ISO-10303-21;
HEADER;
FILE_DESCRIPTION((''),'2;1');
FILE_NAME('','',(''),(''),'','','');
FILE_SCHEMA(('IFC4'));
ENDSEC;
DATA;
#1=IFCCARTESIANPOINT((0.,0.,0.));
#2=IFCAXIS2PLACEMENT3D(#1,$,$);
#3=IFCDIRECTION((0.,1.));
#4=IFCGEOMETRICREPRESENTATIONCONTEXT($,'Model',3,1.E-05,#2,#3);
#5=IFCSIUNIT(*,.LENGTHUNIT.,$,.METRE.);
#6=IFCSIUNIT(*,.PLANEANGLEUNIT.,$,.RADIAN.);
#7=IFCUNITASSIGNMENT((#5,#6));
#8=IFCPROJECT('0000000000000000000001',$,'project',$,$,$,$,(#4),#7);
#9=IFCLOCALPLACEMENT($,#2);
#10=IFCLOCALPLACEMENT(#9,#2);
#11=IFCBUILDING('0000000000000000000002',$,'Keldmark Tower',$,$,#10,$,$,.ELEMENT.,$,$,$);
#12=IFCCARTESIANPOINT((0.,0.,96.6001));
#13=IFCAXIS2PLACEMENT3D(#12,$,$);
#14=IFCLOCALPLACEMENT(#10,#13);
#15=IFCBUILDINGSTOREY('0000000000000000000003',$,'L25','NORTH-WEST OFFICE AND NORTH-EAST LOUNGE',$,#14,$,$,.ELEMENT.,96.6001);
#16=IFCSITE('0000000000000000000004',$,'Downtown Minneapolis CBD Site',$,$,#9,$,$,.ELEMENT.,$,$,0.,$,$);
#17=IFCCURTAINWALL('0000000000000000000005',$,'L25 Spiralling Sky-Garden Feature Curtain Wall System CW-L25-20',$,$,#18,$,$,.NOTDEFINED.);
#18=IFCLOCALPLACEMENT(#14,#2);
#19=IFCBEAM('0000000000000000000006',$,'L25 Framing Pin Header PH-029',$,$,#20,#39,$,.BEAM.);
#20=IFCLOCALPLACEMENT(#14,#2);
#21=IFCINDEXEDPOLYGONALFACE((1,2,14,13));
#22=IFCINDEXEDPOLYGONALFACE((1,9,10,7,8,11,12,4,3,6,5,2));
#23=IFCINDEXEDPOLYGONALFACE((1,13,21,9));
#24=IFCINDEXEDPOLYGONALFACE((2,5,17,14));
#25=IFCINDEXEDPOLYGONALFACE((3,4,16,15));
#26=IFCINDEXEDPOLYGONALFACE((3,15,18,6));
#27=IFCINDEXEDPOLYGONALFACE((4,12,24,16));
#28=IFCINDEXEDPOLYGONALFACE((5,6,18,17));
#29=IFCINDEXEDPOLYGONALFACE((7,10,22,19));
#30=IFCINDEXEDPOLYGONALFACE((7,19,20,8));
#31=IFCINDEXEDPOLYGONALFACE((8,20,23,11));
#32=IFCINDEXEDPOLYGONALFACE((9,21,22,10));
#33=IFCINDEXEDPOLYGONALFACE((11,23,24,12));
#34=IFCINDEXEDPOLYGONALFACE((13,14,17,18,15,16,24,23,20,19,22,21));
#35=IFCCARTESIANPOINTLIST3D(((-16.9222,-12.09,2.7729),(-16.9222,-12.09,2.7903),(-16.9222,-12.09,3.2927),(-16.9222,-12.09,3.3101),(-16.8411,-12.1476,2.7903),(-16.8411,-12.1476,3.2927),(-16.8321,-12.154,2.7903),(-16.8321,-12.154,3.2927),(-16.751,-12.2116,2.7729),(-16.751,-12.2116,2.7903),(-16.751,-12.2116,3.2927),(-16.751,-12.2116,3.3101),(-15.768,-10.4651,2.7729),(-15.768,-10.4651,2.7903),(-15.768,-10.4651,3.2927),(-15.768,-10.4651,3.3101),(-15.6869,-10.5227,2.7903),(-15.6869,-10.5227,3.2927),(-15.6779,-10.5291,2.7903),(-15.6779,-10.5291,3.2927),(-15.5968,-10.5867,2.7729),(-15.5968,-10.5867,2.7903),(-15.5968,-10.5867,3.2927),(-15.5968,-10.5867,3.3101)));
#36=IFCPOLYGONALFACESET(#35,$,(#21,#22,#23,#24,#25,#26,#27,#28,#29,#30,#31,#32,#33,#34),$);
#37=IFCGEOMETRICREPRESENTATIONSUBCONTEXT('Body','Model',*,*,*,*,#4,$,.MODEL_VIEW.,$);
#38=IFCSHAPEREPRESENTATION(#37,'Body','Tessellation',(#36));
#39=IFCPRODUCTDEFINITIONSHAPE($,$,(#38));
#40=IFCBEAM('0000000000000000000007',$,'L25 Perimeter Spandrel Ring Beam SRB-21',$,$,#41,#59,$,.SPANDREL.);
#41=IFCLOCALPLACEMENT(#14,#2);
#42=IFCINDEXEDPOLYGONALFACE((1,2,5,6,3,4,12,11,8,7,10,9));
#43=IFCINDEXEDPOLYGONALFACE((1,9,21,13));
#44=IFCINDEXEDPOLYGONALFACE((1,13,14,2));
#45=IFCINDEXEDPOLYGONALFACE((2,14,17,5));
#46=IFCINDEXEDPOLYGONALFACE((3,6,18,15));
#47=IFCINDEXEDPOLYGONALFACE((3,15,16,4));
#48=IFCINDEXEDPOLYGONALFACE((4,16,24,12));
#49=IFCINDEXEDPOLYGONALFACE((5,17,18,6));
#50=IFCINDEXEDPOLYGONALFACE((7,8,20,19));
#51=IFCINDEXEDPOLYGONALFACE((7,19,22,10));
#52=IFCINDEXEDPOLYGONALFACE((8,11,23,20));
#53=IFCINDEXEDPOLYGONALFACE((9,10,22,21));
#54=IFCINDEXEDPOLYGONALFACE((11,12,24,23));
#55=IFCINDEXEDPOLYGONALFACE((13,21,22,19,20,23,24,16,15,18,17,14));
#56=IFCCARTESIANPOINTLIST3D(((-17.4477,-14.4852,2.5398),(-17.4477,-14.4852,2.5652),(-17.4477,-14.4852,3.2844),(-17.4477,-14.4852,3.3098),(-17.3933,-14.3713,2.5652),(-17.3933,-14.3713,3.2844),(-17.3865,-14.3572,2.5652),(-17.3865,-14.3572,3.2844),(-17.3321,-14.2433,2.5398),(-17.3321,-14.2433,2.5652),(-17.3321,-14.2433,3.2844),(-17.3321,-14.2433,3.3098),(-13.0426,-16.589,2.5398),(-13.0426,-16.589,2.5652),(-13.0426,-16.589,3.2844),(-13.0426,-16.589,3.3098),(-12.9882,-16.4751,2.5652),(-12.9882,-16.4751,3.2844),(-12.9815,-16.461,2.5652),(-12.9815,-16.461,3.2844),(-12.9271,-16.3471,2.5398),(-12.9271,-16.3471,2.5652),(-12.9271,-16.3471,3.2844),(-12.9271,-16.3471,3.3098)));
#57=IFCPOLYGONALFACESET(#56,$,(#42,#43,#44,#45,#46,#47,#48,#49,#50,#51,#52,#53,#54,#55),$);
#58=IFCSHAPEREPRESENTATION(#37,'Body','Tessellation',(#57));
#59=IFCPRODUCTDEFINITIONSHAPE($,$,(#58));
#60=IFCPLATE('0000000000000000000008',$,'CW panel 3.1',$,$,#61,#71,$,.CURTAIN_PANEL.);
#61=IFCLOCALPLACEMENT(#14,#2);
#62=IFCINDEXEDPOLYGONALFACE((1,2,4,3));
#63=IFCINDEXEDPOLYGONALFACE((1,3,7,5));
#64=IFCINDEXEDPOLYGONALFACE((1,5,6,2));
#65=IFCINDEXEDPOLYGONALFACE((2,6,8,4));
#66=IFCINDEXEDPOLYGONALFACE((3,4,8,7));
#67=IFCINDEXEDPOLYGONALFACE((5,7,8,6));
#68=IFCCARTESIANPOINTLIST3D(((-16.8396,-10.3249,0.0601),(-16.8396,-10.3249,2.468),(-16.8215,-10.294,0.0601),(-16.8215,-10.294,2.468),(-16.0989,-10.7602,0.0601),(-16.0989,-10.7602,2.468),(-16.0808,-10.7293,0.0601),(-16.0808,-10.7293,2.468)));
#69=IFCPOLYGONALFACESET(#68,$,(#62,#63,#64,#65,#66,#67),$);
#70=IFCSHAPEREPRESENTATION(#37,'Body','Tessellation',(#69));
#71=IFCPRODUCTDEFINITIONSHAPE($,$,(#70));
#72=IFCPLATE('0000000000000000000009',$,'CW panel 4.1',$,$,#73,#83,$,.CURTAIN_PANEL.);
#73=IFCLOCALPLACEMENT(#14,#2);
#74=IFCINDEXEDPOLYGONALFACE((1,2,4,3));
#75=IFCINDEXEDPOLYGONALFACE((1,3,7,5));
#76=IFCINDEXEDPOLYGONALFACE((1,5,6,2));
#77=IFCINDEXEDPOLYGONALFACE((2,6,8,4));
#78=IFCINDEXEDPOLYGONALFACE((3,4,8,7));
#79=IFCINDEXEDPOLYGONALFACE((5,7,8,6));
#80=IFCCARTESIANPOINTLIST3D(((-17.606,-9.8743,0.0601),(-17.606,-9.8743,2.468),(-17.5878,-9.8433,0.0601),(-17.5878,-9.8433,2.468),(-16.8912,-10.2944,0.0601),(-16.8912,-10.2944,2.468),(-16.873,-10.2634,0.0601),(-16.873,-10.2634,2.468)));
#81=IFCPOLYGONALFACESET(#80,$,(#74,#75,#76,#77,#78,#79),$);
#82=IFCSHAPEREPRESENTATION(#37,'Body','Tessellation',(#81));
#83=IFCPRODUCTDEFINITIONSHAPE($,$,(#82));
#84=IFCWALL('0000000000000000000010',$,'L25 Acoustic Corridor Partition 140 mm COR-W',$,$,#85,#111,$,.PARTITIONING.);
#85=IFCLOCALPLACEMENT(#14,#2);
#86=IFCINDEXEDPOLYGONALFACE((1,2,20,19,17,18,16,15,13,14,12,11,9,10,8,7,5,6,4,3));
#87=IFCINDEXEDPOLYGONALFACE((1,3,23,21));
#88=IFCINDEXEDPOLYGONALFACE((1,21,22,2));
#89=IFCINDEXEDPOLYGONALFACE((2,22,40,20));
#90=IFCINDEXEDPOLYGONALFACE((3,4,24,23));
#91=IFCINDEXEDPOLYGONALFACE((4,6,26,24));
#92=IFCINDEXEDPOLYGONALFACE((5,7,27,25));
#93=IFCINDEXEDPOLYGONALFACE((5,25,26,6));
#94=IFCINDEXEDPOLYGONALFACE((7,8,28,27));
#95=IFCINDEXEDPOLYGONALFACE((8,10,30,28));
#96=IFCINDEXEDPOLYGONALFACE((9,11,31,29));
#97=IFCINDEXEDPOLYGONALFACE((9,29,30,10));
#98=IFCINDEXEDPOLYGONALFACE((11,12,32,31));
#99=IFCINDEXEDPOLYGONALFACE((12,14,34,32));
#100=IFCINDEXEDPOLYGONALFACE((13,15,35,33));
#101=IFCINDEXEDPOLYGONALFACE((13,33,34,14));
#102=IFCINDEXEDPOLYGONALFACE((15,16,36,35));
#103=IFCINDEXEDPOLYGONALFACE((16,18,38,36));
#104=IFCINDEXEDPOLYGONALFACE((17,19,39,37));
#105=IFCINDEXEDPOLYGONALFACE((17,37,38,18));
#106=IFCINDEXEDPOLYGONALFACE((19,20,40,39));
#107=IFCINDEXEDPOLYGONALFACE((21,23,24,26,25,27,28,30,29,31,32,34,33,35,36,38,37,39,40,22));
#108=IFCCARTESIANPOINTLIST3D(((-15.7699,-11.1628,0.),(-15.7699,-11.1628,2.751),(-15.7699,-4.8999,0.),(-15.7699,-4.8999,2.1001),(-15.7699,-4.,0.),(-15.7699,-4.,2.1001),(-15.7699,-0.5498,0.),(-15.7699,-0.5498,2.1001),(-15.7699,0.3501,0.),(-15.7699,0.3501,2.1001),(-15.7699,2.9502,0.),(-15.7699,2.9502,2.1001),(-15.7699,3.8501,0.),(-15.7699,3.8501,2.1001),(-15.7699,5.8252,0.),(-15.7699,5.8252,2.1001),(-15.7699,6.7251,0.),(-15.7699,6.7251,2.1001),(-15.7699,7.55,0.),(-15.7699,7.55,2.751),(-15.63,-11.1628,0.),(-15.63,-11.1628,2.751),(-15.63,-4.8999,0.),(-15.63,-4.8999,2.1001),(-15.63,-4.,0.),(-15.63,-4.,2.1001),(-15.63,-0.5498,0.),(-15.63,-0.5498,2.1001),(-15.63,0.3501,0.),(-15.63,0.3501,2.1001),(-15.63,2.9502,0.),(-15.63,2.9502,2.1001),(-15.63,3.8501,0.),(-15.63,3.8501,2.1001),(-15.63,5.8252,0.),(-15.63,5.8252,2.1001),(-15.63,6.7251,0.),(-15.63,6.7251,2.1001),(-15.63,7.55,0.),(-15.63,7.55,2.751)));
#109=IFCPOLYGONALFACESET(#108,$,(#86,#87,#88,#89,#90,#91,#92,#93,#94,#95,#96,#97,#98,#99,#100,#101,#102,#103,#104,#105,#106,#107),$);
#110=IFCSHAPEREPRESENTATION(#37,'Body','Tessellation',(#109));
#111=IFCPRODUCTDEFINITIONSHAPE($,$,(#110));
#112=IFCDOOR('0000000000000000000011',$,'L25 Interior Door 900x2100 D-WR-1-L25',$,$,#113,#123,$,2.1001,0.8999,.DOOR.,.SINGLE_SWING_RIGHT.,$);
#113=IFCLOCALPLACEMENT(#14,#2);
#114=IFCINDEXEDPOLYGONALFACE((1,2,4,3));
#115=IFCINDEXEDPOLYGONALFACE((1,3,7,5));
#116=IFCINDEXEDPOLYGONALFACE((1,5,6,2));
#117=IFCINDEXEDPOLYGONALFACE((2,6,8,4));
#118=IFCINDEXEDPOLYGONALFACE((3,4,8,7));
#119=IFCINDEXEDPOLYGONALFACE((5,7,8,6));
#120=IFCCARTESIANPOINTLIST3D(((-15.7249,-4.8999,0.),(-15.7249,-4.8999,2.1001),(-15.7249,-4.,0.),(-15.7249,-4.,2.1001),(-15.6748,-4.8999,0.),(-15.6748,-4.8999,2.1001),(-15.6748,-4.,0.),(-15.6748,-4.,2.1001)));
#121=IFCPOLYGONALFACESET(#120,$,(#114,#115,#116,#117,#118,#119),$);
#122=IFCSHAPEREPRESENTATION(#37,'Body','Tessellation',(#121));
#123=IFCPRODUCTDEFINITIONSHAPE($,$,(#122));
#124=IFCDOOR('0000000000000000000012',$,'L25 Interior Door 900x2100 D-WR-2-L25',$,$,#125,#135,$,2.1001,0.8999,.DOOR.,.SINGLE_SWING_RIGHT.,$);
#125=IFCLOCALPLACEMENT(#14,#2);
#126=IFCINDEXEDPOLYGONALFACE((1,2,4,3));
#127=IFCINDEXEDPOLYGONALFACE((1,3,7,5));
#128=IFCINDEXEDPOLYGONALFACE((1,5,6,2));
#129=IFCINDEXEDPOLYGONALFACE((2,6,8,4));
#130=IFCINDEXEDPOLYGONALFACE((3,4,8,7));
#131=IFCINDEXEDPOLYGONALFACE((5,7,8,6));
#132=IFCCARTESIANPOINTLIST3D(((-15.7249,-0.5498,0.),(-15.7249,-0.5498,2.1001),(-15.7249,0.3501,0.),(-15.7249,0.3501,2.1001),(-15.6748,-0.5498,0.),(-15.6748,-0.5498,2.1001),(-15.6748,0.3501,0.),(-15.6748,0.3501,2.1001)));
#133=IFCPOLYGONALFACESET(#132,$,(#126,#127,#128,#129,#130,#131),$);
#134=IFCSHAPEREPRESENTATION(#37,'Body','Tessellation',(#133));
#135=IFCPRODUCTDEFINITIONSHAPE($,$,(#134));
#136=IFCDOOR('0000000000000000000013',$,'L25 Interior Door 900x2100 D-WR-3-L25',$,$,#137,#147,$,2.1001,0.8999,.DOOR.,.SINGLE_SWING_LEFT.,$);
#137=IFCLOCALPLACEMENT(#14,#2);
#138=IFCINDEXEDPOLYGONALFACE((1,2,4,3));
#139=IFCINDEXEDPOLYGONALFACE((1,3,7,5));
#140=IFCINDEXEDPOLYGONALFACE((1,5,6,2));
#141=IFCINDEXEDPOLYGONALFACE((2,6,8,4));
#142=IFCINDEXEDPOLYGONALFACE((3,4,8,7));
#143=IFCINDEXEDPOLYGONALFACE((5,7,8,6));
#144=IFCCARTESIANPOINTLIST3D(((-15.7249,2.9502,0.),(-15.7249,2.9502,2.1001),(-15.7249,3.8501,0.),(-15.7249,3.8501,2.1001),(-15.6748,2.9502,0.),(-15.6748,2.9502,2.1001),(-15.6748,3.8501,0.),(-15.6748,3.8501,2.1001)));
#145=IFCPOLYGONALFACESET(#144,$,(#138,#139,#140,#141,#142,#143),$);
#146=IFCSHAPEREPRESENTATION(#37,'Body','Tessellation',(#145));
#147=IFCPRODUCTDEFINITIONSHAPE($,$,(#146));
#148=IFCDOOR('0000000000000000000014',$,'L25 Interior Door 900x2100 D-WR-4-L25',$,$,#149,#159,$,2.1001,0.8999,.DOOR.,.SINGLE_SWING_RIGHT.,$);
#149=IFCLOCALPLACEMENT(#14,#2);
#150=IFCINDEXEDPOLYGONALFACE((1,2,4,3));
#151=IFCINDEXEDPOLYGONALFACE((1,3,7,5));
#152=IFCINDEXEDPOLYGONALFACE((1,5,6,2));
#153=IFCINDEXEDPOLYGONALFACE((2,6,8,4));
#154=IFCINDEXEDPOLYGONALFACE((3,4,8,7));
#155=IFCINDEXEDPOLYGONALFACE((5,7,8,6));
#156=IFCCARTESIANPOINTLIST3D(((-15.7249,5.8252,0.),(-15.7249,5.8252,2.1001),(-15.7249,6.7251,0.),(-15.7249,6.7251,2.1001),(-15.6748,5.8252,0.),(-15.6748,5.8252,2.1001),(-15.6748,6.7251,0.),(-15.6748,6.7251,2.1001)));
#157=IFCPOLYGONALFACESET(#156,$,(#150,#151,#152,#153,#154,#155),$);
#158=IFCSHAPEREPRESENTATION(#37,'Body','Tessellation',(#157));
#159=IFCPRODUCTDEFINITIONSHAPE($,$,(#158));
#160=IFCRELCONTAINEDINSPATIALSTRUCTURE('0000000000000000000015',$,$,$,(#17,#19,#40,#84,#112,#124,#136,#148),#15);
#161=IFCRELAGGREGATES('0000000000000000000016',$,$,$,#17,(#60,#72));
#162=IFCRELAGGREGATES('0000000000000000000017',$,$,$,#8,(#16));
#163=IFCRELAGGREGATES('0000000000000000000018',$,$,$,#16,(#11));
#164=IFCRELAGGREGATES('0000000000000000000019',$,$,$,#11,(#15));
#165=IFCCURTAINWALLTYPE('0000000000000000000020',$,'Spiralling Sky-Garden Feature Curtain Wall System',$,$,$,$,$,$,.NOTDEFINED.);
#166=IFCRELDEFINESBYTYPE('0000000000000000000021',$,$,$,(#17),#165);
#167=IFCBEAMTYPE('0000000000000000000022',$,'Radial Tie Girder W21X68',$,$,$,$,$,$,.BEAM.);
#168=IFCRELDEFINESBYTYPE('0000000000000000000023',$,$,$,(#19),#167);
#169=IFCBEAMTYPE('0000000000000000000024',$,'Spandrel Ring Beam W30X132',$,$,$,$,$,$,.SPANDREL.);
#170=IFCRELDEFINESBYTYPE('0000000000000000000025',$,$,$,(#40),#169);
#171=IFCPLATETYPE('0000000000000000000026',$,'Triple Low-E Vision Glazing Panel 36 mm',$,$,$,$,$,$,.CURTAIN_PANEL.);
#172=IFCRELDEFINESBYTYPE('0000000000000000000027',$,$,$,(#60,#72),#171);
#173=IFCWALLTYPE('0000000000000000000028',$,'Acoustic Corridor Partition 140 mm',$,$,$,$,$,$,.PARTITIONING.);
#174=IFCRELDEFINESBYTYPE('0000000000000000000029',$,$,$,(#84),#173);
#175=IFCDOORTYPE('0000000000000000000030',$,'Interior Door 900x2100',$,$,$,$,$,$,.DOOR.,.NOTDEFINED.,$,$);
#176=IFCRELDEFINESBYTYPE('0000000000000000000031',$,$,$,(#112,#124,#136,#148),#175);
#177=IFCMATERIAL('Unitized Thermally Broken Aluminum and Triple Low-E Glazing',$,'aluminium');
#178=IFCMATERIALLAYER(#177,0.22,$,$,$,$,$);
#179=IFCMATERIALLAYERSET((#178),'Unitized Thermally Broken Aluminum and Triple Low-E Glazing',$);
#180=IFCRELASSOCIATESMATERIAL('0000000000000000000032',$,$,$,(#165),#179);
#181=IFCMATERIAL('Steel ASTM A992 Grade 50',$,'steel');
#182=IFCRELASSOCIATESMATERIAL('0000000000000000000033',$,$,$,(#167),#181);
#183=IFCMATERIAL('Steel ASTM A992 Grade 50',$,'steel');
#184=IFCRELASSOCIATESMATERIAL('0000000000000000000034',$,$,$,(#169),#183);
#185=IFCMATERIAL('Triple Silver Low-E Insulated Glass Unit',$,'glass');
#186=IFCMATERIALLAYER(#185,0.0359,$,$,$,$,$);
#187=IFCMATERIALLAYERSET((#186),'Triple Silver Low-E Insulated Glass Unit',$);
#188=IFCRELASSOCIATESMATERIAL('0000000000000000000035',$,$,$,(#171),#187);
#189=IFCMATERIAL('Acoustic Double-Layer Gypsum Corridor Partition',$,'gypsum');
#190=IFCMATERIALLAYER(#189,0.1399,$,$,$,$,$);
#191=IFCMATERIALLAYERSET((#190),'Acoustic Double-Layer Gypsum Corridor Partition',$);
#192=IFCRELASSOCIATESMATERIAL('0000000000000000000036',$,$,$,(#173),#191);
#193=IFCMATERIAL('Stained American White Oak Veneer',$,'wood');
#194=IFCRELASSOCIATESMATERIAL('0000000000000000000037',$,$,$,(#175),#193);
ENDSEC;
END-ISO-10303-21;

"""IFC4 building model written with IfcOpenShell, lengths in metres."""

from ifc_helpers import new_model, si_unit, direction, frame, frame_2d, origin, origin_2d, place, context, subcontext, project, spatial, rectangle, i_section, extrude, material, layer, layer_set, material_profile, profile_set, type_object, element, fill, aggregate, save


model = new_model("IFC4")

# Units and contexts
model_context = context("Model", 3, precision=1e-05, world=origin(), true_north=direction((0.0, 1.0)))
body_context = subcontext(model_context, "Body", "Model", "MODEL_VIEW")
ifc_project = project(units=[si_unit("LENGTHUNIT", "METRE"), si_unit("PLANEANGLEUNIT", "RADIAN")], contexts=[model_context])

# Site, building, storey
site_placement = place(None, origin())
site = spatial("IfcSite", under=ifc_project, at=site_placement, Name="Downtown Minneapolis CBD Site", CompositionType="ELEMENT", RefElevation=0.0)
building_placement = place(site_placement, origin())
building = spatial("IfcBuilding", under=site, at=building_placement, Name="Keldmark Tower", CompositionType="ELEMENT")
storey_placement = place(building_placement, frame((0.0, 0.0, 96.6001)))
storey = spatial("IfcBuildingStorey", under=building, at=storey_placement, Name="L25", Description="NORTH-WEST OFFICE AND NORTH-EAST LOUNGE", CompositionType="ELEMENT", Elevation=96.6001)

# Curtain wall
ifc_material_1 = material(Name="Unitized Thermally Broken Aluminum and Triple Low-E Glazing", Category="aluminium")
ifc_layer_1 = layer(ifc_material_1, 0.22)
ifc_layer_set_1 = layer_set([ifc_layer_1], Name="Unitized Thermally Broken Aluminum and Triple Low-E Glazing")
curtain_wall_type = type_object("IfcCurtainWallType", Name="Spiralling Sky-Garden Feature Curtain Wall System", PredefinedType="NOTDEFINED", material=ifc_layer_set_1)
curtain_wall_placement = place(storey_placement, origin())
curtain_wall = element("IfcCurtainWall", 1, at=curtain_wall_placement, inside=storey, type_object=curtain_wall_type, Name="L25 Spiralling Sky-Garden Feature Curtain Wall System CW-L25-20", PredefinedType="NOTDEFINED")

# Beams
ifc_material_2 = material(Name="Steel ASTM A992 Grade 50", Category="steel")
ifc_material_profile_1 = material_profile(ifc_material_2, i_section(OverallWidth=0.21, OverallDepth=0.5371, WebThickness=0.011, FlangeThickness=0.0173, at=origin_2d()), Name="W21X68")
ifc_profile_set_1 = profile_set([ifc_material_profile_1], Name="Steel ASTM A992 Grade 50")
beam_type_1 = type_object("IfcBeamType", Name="Radial Tie Girder W21X68", PredefinedType="BEAM", material=ifc_profile_set_1)
beam_1_placement = place(storey_placement, frame((-15.6824, -10.5259, 3.0415), z_axis=(-0.579104, -0.815253, 0.0), x_axis=(0.815253, -0.579104, 0.0)))
element("IfcBeam", 2, at=beam_1_placement, inside=storey, type_object=beam_type_1, Name="L25 Framing Pin Header PH-029", PredefinedType="BEAM", context=body_context, shape_type="SweptSolid", body=[
    extrude(i_section(OverallWidth=0.21, OverallDepth=0.5371, WebThickness=0.011, FlangeThickness=0.0173, at=origin_2d()), origin(), (0.0, 0.0, 1.0), 1.9932),
])
ifc_material_3 = material(Name="Steel ASTM A992 Grade 50", Category="steel")
ifc_material_profile_2 = material_profile(ifc_material_3, i_section(OverallWidth=0.2681, OverallDepth=0.77, WebThickness=0.0156, FlangeThickness=0.0254, at=origin_2d()), Name="W30X132")
ifc_profile_set_2 = profile_set([ifc_material_profile_2], Name="Steel ASTM A992 Grade 50")
beam_type_2 = type_object("IfcBeamType", Name="Spandrel Ring Beam W30X132", PredefinedType="SPANDREL", material=ifc_profile_set_2)
beam_2_placement = place(storey_placement, frame((-17.3899, -14.3643, 2.9248), z_axis=(0.902373, -0.430956, 0.0), x_axis=(0.430956, 0.902373, 0.0)))
element("IfcBeam", 3, at=beam_2_placement, inside=storey, type_object=beam_type_2, Name="L25 Perimeter Spandrel Ring Beam SRB-21", PredefinedType="SPANDREL", context=body_context, shape_type="SweptSolid", body=[
    extrude(i_section(OverallWidth=0.2681, OverallDepth=0.77, WebThickness=0.0156, FlangeThickness=0.0254, at=origin_2d()), origin(), (0.0, 0.0, 1.0), 4.8816),
])

# Plates
ifc_material_4 = material(Name="Triple Silver Low-E Insulated Glass Unit", Category="glass")
ifc_layer_2 = layer(ifc_material_4, 0.0359)
ifc_layer_set_2 = layer_set([ifc_layer_2], Name="Triple Silver Low-E Insulated Glass Unit")
plate_type = type_object("IfcPlateType", Name="Triple Low-E Vision Glazing Panel 36 mm", PredefinedType="CURTAIN_PANEL", material=ifc_layer_set_2)
plate_1_placement = place(storey_placement, frame((-16.4602, -10.5271, 0.0601), z_axis=(0.0, 0.0, 1.0), x_axis=(-0.862145, 0.506662, 0.0)))
plate_1 = element("IfcPlate", 4, at=plate_1_placement, type_object=plate_type, Name="CW panel 3.1", PredefinedType="CURTAIN_PANEL", context=body_context, shape_type="SweptSolid", body=[
    extrude(rectangle(XDim=0.8591, YDim=0.0359, at=origin_2d()), origin(), (0.0, 0.0, 1.0), 2.408),
])
plate_2_placement = place(storey_placement, frame((-17.2395, -10.0688, 0.0601), z_axis=(0.0, 0.0, 1.0), x_axis=(-0.862145, 0.506662, 0.0)))
plate_2 = element("IfcPlate", 5, at=plate_2_placement, type_object=plate_type, Name="CW panel 4.1", PredefinedType="CURTAIN_PANEL", context=body_context, shape_type="SweptSolid", body=[
    extrude(rectangle(XDim=0.8291, YDim=0.0359, at=origin_2d()), origin(), (0.0, 0.0, 1.0), 2.408),
])
aggregate(curtain_wall, [plate_1, plate_2])

# Wall, openings, doors
ifc_material_5 = material(Name="Acoustic Double-Layer Gypsum Corridor Partition", Category="gypsum")
ifc_layer_3 = layer(ifc_material_5, 0.1399)
ifc_layer_set_3 = layer_set([ifc_layer_3], Name="Acoustic Double-Layer Gypsum Corridor Partition")
wall_type = type_object("IfcWallType", Name="Acoustic Corridor Partition 140 mm", PredefinedType="PARTITIONING", material=ifc_layer_set_3)
wall_placement = place(storey_placement, frame((-15.7, -11.1628, 0.0), z_axis=(0.0, 0.0, 1.0), x_axis=(0.0, 1.0, 0.0)))
wall = element("IfcWall", 6, at=wall_placement, inside=storey, type_object=wall_type, Name="L25 Acoustic Corridor Partition 140 mm COR-W", PredefinedType="PARTITIONING", context=body_context, shape_type="SweptSolid", body=[
    extrude(rectangle(XDim=18.7129, YDim=0.1399, at=frame_2d((9.3564, 0.0))), origin(), (0.0, 0.0, 1.0), 2.751),
])
opening_1_placement = place(wall_placement, frame((6.2629, 0.0, 0.0)))
opening_1 = element("IfcOpeningElement", 7, at=opening_1_placement, cuts=wall, PredefinedType="OPENING", context=body_context, shape_type="SweptSolid", body=[
    extrude(rectangle(XDim=0.8999, YDim=2.1001, at=frame_2d((0.45, 1.05))), frame((0.0, 0.0798, 0.0), z_axis=(0.0, -1.0, 0.0), x_axis=(1.0, 0.0, 0.0)), (0.0, 0.0, 1.0), 0.1599),
])
opening_2_placement = place(wall_placement, frame((10.613, 0.0, 0.0)))
opening_2 = element("IfcOpeningElement", 8, at=opening_2_placement, cuts=wall, PredefinedType="OPENING", context=body_context, shape_type="SweptSolid", body=[
    extrude(rectangle(XDim=0.8999, YDim=2.1001, at=frame_2d((0.45, 1.05))), frame((0.0, 0.0798, 0.0), z_axis=(0.0, -1.0, 0.0), x_axis=(1.0, 0.0, 0.0)), (0.0, 0.0, 1.0), 0.1599),
])
opening_3_placement = place(wall_placement, frame((14.113, 0.0, 0.0)))
opening_3 = element("IfcOpeningElement", 9, at=opening_3_placement, cuts=wall, PredefinedType="OPENING", context=body_context, shape_type="SweptSolid", body=[
    extrude(rectangle(XDim=0.8999, YDim=2.1001, at=frame_2d((0.45, 1.05))), frame((0.0, 0.0798, 0.0), z_axis=(0.0, -1.0, 0.0), x_axis=(1.0, 0.0, 0.0)), (0.0, 0.0, 1.0), 0.1599),
])
opening_4_placement = place(wall_placement, frame((16.988, 0.0, 0.0)))
opening_4 = element("IfcOpeningElement", 10, at=opening_4_placement, cuts=wall, PredefinedType="OPENING", context=body_context, shape_type="SweptSolid", body=[
    extrude(rectangle(XDim=0.8999, YDim=2.1001, at=frame_2d((0.45, 1.05))), frame((0.0, 0.0798, 0.0), z_axis=(0.0, -1.0, 0.0), x_axis=(1.0, 0.0, 0.0)), (0.0, 0.0, 1.0), 0.1599),
])
ifc_material_6 = material(Name="Stained American White Oak Veneer", Category="wood")
door_type = type_object("IfcDoorType", Name="Interior Door 900x2100", OperationType="NOTDEFINED", PredefinedType="DOOR", material=ifc_material_6)
door_1_placement = place(opening_1_placement, origin())
door_1 = element("IfcDoor", 11, at=door_1_placement, inside=storey, type_object=door_type, Name="L25 Interior Door 900x2100 D-WR-1-L25", OperationType="SINGLE_SWING_RIGHT", OverallHeight=2.1001, OverallWidth=0.8999, PredefinedType="DOOR", context=body_context, shape_type="SweptSolid", body=[
    extrude(rectangle(XDim=0.8999, YDim=2.1001, at=frame_2d((0.45, 1.05))), frame((0.0, 0.0249, 0.0), z_axis=(0.0, -1.0, 0.0), x_axis=(1.0, 0.0, 0.0)), (0.0, 0.0, 1.0), 0.05),
])
fill(opening_1, door_1)
door_2_placement = place(opening_2_placement, origin())
door_2 = element("IfcDoor", 12, at=door_2_placement, inside=storey, type_object=door_type, Name="L25 Interior Door 900x2100 D-WR-2-L25", OperationType="SINGLE_SWING_RIGHT", OverallHeight=2.1001, OverallWidth=0.8999, PredefinedType="DOOR", context=body_context, shape_type="SweptSolid", body=[
    extrude(rectangle(XDim=0.8999, YDim=2.1001, at=frame_2d((0.45, 1.05))), frame((0.0, 0.0249, 0.0), z_axis=(0.0, -1.0, 0.0), x_axis=(1.0, 0.0, 0.0)), (0.0, 0.0, 1.0), 0.05),
])
fill(opening_2, door_2)
door_3_placement = place(opening_3_placement, origin())
door_3 = element("IfcDoor", 13, at=door_3_placement, inside=storey, type_object=door_type, Name="L25 Interior Door 900x2100 D-WR-3-L25", OperationType="SINGLE_SWING_LEFT", OverallHeight=2.1001, OverallWidth=0.8999, PredefinedType="DOOR", context=body_context, shape_type="SweptSolid", body=[
    extrude(rectangle(XDim=0.8999, YDim=2.1001, at=frame_2d((0.45, 1.05))), frame((0.0, 0.0249, 0.0), z_axis=(0.0, -1.0, 0.0), x_axis=(1.0, 0.0, 0.0)), (0.0, 0.0, 1.0), 0.05),
])
fill(opening_3, door_3)
door_4_placement = place(opening_4_placement, origin())
door_4 = element("IfcDoor", 14, at=door_4_placement, inside=storey, type_object=door_type, Name="L25 Interior Door 900x2100 D-WR-4-L25", OperationType="SINGLE_SWING_RIGHT", OverallHeight=2.1001, OverallWidth=0.8999, PredefinedType="DOOR", context=body_context, shape_type="SweptSolid", body=[
    extrude(rectangle(XDim=0.8999, YDim=2.1001, at=frame_2d((0.45, 1.05))), frame((0.0, 0.0249, 0.0), z_axis=(0.0, -1.0, 0.0), x_axis=(1.0, 0.0, 0.0)), (0.0, 0.0, 1.0), 0.05),
])
fill(opening_4, door_4)

save(model, "model.ifc")
